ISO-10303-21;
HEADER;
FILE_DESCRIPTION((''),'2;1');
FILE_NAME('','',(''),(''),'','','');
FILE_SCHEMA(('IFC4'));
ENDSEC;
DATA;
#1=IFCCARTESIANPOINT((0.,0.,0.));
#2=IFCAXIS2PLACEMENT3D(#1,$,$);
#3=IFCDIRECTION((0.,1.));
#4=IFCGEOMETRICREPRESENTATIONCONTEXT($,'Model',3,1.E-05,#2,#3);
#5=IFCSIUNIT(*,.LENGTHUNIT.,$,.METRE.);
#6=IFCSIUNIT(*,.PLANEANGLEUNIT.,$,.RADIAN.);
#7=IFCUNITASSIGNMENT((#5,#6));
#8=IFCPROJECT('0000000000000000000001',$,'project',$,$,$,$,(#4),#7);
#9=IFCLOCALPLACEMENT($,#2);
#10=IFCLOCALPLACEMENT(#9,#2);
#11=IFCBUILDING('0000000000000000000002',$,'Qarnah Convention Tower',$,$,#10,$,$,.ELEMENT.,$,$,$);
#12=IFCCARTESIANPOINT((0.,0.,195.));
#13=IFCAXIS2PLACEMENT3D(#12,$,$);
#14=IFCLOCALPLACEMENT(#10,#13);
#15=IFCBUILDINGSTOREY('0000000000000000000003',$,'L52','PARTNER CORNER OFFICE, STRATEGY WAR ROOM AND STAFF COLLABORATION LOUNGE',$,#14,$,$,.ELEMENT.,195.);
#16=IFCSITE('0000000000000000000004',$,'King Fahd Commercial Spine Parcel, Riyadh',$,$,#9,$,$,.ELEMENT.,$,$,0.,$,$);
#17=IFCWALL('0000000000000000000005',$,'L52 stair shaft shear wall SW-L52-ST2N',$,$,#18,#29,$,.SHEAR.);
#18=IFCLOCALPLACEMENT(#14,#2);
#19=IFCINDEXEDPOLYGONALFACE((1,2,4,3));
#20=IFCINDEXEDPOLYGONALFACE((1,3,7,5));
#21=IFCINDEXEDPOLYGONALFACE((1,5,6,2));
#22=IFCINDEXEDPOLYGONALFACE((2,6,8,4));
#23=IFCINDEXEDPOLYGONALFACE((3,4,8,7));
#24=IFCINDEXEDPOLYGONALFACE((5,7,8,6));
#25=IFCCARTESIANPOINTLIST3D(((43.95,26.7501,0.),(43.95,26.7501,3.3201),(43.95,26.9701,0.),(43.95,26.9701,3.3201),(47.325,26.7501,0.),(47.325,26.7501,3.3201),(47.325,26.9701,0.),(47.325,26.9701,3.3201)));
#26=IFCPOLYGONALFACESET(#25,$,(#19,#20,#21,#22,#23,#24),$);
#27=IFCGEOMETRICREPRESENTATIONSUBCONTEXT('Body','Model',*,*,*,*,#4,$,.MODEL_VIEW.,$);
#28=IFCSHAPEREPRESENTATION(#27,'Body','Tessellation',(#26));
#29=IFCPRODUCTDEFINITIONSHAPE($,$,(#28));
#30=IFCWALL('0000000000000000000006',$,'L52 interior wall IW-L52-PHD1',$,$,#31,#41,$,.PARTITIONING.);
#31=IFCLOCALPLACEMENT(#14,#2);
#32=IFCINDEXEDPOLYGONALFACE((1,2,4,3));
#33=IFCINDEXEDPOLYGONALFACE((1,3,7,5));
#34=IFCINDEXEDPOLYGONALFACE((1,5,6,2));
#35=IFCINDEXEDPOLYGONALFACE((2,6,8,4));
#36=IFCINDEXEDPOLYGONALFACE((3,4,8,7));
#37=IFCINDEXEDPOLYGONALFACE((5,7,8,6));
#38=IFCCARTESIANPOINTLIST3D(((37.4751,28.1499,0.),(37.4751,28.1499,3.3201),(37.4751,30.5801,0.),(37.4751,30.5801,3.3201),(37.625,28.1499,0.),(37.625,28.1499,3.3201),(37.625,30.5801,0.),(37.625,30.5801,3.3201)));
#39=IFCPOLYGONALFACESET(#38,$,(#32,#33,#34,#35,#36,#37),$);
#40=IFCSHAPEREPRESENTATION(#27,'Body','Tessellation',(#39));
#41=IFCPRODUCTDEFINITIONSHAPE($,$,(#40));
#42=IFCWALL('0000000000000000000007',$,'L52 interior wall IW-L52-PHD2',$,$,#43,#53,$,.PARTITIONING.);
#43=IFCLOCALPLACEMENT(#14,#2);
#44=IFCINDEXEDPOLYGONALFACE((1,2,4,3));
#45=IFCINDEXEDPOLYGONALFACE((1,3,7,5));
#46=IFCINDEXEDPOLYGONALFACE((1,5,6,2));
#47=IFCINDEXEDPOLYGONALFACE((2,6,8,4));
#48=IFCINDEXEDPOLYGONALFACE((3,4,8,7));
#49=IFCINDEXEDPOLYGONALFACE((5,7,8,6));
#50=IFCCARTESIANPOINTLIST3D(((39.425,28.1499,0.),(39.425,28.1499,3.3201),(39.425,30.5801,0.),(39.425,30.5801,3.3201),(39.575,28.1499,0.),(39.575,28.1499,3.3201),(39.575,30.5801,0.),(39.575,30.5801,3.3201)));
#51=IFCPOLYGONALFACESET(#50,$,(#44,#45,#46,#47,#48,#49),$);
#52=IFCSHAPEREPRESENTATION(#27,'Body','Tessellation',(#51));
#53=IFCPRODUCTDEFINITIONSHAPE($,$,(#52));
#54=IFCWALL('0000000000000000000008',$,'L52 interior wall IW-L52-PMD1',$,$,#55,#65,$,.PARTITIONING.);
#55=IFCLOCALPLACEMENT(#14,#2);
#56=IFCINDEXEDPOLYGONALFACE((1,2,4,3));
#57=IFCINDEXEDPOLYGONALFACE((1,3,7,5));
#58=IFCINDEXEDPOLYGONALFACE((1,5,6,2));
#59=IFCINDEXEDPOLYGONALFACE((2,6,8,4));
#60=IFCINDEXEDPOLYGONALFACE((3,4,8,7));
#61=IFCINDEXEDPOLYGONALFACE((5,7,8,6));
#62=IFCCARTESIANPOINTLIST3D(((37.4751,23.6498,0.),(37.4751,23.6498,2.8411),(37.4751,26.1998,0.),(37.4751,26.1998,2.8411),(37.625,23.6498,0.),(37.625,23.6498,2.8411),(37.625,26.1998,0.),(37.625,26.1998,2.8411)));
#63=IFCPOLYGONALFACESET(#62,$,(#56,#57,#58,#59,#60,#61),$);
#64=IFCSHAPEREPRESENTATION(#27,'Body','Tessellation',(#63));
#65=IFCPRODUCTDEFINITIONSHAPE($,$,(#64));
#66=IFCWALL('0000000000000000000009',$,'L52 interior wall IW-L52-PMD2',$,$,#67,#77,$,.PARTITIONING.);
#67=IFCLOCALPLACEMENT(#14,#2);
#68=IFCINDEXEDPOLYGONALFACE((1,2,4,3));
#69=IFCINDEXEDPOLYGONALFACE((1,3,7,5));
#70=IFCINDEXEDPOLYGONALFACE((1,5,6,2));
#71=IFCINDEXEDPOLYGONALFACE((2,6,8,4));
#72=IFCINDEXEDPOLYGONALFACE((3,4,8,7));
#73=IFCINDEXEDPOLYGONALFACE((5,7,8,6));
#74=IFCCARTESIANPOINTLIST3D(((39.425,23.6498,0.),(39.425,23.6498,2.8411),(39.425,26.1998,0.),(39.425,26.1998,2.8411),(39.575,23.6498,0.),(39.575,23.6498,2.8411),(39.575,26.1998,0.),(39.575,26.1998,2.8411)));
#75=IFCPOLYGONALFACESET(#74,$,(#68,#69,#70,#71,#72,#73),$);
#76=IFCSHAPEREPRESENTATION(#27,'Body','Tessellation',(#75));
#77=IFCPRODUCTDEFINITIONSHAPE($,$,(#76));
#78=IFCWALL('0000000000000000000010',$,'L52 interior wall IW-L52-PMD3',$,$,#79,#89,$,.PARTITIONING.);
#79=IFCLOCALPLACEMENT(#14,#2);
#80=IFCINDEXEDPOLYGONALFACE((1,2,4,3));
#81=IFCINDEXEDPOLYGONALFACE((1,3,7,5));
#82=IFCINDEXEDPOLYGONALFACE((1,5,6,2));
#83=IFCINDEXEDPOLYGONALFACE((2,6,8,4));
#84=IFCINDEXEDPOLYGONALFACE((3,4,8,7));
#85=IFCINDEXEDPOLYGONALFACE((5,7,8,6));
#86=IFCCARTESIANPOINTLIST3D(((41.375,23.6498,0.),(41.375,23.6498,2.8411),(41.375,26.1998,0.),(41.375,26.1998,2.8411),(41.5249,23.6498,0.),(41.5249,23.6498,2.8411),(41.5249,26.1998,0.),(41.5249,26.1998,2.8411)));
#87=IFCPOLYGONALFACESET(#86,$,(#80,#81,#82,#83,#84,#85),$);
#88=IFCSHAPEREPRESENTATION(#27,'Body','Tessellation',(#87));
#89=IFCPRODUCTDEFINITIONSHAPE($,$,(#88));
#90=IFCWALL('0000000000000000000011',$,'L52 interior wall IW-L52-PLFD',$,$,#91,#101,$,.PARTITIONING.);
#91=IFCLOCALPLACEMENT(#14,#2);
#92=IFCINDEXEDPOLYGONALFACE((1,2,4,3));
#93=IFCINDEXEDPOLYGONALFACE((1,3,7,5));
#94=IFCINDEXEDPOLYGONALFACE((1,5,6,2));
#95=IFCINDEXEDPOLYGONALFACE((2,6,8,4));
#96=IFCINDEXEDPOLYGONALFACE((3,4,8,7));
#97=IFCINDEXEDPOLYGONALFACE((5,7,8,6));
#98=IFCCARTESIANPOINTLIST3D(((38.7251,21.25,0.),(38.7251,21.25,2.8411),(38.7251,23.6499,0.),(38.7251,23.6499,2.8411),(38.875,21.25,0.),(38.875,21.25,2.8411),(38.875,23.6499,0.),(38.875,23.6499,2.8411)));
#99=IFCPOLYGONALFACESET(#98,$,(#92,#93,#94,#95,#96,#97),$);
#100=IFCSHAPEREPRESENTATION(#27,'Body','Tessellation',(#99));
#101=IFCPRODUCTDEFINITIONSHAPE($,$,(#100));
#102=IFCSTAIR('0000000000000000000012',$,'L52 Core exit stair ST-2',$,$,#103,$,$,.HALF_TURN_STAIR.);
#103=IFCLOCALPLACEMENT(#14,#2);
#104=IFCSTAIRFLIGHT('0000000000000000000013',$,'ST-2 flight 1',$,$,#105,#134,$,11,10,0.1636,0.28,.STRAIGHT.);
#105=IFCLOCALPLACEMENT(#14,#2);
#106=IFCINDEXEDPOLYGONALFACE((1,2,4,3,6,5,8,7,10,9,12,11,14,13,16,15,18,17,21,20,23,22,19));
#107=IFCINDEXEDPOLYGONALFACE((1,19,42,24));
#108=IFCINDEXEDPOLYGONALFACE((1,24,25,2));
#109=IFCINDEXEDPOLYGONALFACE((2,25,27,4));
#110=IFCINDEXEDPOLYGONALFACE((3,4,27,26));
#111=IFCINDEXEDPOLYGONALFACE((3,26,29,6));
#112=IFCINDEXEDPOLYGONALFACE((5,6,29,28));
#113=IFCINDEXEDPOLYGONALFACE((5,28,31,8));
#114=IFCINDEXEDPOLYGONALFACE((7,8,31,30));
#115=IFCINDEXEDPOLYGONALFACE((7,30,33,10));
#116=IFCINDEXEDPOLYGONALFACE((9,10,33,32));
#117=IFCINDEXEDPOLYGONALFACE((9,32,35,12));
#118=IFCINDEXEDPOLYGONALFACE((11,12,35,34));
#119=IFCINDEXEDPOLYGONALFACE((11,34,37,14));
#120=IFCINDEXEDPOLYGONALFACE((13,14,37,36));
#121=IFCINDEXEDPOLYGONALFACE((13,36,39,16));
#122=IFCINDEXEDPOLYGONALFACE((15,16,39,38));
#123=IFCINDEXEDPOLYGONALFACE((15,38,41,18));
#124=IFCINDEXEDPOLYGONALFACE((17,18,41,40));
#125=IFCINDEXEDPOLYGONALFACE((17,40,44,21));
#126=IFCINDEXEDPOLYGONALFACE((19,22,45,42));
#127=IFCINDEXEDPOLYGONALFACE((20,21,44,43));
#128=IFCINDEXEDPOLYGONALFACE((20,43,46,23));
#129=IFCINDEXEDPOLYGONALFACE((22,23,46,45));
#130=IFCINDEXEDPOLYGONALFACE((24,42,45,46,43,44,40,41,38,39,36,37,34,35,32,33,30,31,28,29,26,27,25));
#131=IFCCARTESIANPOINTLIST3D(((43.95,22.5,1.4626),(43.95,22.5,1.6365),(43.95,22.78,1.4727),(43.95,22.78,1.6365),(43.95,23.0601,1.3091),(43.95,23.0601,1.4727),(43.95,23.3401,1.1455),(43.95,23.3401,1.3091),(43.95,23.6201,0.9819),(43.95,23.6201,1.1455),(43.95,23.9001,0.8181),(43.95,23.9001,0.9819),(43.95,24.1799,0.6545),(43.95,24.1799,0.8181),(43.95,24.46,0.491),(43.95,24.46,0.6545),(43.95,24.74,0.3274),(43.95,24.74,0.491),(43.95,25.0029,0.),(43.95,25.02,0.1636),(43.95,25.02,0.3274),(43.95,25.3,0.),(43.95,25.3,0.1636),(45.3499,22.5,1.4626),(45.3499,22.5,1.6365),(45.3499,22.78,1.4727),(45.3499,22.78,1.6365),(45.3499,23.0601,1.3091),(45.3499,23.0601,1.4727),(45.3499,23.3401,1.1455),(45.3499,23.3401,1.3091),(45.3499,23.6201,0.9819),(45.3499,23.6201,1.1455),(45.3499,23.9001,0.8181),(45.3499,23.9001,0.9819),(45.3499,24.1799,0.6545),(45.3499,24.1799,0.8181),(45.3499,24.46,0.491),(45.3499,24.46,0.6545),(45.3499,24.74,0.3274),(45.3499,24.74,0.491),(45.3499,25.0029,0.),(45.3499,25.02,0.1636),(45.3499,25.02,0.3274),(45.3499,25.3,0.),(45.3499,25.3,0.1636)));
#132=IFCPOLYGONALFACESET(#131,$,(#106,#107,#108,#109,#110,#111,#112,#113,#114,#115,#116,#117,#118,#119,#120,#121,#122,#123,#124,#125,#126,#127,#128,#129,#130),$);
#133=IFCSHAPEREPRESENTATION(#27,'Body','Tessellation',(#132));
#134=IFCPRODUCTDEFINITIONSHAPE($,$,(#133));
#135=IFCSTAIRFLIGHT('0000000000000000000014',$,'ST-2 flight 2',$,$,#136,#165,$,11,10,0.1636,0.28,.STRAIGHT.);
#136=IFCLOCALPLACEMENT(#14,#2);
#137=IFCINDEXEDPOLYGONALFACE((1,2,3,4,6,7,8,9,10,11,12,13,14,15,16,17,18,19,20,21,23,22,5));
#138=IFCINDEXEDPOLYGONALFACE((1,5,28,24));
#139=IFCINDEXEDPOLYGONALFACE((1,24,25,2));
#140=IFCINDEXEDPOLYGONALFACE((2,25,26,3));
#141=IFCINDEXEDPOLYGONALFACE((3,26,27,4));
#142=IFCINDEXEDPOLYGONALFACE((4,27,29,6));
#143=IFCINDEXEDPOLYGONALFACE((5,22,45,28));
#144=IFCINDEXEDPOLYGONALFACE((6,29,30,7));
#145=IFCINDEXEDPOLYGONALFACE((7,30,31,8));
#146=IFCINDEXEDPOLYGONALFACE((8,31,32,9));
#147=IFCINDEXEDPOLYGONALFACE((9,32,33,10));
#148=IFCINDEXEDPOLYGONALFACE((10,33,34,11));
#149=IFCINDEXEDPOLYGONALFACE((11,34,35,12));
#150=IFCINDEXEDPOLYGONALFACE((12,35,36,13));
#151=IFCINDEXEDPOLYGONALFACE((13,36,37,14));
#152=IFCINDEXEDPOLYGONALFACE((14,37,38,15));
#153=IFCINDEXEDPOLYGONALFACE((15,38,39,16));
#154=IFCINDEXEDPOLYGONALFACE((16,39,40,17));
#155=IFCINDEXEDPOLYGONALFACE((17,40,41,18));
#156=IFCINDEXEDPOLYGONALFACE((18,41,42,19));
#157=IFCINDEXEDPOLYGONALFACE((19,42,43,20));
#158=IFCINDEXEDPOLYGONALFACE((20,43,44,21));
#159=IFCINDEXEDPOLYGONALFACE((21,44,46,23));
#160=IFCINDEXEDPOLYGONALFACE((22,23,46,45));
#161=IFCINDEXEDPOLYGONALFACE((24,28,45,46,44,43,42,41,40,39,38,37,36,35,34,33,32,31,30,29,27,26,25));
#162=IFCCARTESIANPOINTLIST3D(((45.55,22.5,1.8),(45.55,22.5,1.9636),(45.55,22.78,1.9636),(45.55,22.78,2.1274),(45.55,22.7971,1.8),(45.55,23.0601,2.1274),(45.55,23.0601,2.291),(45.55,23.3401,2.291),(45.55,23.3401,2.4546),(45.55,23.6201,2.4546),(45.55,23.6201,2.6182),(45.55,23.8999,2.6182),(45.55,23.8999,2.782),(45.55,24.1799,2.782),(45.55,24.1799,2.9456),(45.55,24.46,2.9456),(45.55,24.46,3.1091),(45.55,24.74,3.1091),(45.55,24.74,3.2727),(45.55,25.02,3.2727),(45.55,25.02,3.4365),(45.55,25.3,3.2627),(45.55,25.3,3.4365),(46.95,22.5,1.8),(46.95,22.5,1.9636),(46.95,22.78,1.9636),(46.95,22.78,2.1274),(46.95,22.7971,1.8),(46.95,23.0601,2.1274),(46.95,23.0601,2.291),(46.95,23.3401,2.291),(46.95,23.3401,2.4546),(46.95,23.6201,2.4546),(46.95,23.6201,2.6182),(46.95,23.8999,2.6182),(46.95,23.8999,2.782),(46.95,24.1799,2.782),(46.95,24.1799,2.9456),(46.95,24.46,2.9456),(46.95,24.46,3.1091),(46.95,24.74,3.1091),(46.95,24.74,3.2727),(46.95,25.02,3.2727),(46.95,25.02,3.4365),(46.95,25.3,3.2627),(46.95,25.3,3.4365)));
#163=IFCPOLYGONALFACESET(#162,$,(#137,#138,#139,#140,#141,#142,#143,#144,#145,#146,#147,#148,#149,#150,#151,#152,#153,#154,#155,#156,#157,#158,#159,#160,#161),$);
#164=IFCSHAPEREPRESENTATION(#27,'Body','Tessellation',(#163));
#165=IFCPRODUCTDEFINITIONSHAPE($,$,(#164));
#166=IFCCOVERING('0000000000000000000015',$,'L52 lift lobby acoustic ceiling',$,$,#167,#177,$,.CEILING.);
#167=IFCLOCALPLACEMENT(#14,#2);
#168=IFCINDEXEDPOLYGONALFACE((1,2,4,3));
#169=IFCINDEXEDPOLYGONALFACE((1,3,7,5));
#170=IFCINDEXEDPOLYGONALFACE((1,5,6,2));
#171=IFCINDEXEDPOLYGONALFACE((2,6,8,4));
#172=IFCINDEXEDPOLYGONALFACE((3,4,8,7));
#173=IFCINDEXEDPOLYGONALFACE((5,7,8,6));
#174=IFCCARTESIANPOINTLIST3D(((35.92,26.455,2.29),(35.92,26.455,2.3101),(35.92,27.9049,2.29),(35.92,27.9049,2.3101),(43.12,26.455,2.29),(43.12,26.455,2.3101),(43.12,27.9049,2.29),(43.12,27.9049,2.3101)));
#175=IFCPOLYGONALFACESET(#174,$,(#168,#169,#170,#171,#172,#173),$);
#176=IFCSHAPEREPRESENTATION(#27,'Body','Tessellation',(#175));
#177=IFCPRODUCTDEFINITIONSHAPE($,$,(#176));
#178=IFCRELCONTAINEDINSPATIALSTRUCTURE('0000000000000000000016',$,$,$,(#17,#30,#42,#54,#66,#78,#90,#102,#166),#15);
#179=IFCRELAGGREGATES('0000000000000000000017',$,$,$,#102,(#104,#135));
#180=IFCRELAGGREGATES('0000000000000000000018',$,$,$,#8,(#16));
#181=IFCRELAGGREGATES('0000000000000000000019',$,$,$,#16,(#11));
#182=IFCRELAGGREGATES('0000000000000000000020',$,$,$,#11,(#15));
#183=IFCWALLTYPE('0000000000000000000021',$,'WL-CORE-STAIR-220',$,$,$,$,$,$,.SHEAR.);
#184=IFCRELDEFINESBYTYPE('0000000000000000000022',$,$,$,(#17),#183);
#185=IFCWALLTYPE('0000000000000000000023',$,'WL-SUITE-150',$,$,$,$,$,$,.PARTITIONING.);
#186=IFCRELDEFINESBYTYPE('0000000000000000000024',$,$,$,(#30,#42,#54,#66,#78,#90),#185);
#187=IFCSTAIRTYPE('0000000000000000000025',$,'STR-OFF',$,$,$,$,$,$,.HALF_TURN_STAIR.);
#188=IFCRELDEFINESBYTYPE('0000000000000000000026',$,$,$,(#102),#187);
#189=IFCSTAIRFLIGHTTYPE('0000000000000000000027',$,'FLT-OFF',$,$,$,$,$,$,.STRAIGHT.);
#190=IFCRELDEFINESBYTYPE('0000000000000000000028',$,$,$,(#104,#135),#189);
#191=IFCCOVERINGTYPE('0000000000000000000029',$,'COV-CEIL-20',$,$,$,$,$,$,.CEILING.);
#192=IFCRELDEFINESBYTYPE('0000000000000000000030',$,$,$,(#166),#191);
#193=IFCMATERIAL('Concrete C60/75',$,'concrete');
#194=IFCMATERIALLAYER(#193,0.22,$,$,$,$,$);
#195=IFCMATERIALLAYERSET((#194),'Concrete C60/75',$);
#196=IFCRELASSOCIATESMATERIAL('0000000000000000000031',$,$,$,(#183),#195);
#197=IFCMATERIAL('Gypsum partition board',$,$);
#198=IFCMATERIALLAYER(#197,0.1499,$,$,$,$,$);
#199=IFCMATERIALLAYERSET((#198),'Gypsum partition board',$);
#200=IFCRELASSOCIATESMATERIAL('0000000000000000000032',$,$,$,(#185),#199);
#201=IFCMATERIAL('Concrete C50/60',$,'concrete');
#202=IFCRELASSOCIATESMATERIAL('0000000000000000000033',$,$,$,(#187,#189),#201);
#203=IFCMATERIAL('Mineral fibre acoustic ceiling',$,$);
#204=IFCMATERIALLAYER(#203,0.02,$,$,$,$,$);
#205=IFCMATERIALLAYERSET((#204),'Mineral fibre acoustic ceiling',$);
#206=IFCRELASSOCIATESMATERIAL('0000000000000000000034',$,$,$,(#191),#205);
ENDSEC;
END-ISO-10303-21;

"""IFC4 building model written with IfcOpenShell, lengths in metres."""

from ifc_helpers import new_model, si_unit, direction, frame, frame_2d, origin, origin_2d, place, context, subcontext, project, spatial, polyline, rectangle, outline, extrude, material, layer, layer_set, type_object, element, aggregate, save


model = new_model("IFC4")

# Units and contexts
model_context = context("Model", 3, precision=1e-05, world=origin(), true_north=direction((0.0, 1.0)))
body_context = subcontext(model_context, "Body", "Model", "MODEL_VIEW")
ifc_project = project(units=[si_unit("LENGTHUNIT", "METRE"), si_unit("PLANEANGLEUNIT", "RADIAN")], contexts=[model_context])

# Site, building, storey
site_placement = place(None, origin())
site = spatial("IfcSite", under=ifc_project, at=site_placement, Name="King Fahd Commercial Spine Parcel, Riyadh", CompositionType="ELEMENT", RefElevation=0.0)
building_placement = place(site_placement, origin())
building = spatial("IfcBuilding", under=site, at=building_placement, Name="Qarnah Convention Tower", CompositionType="ELEMENT")
storey_placement = place(building_placement, frame((0.0, 0.0, 195.0)))
storey = spatial("IfcBuildingStorey", under=building, at=storey_placement, Name="L52", Description="PARTNER CORNER OFFICE, STRATEGY WAR ROOM AND STAFF COLLABORATION LOUNGE", CompositionType="ELEMENT", Elevation=195.0)

# Shared definitions
ifc_material_1 = material(Name="Concrete C50/60", Category="concrete")

# Walls
ifc_material_2 = material(Name="Concrete C60/75", Category="concrete")
ifc_layer_1 = layer(ifc_material_2, 0.22)
ifc_layer_set_1 = layer_set([ifc_layer_1], Name="Concrete C60/75")
wall_type_1 = type_object("IfcWallType", Name="WL-CORE-STAIR-220", PredefinedType="SHEAR", material=ifc_layer_set_1)
wall_1_placement = place(storey_placement, frame((43.95, 26.8601, 0.0), z_axis=(0.0, 0.0, 1.0), x_axis=(1.0, 0.0, 0.0)))
element("IfcWall", 1, at=wall_1_placement, inside=storey, type_object=wall_type_1, Name="L52 stair shaft shear wall SW-L52-ST2N", PredefinedType="SHEAR", context=body_context, shape_type="SweptSolid", body=[
    extrude(rectangle(XDim=3.375, YDim=0.22, at=frame_2d((1.6875, 0.0))), origin(), (0.0, 0.0, 1.0), 3.3201),
])
ifc_material_3 = material(Name="Gypsum partition board")
ifc_layer_2 = layer(ifc_material_3, 0.1499)
ifc_layer_set_2 = layer_set([ifc_layer_2], Name="Gypsum partition board")
wall_type_2 = type_object("IfcWallType", Name="WL-SUITE-150", PredefinedType="PARTITIONING", material=ifc_layer_set_2)
for number, where, z_axis, x_axis, name in (
    (2, (37.55, 28.1499, 0.0), (0.0, 0.0, 1.0), (0.0, 1.0, 0.0), "L52 interior wall IW-L52-PHD1"),
    (3, (39.5, 28.1499, 0.0), (0.0, 0.0, 1.0), (0.0, 1.0, 0.0), "L52 interior wall IW-L52-PHD2"),
):
    element("IfcWall", number, at=place(storey_placement, frame(where, z_axis=z_axis, x_axis=x_axis)), inside=storey, type_object=wall_type_2, Name=name, PredefinedType="PARTITIONING", context=body_context, shape_type="SweptSolid", body=[
        extrude(rectangle(XDim=2.4302, YDim=0.1499, at=frame_2d((1.2151, 0.0))), origin(), (0.0, 0.0, 1.0), 3.3201),
    ])
for number, where, z_axis, x_axis, name in (
    (4, (37.55, 23.6499, 0.0), (0.0, 0.0, 1.0), (0.0, 1.0, 0.0), "L52 interior wall IW-L52-PMD1"),
    (5, (39.5, 23.6499, 0.0), (0.0, 0.0, 1.0), (0.0, 1.0, 0.0), "L52 interior wall IW-L52-PMD2"),
    (6, (41.45, 23.6499, 0.0), (0.0, 0.0, 1.0), (0.0, 1.0, 0.0), "L52 interior wall IW-L52-PMD3"),
):
    element("IfcWall", number, at=place(storey_placement, frame(where, z_axis=z_axis, x_axis=x_axis)), inside=storey, type_object=wall_type_2, Name=name, PredefinedType="PARTITIONING", context=body_context, shape_type="SweptSolid", body=[
        extrude(rectangle(XDim=2.55, YDim=0.1499, at=frame_2d((1.2749, 0.0))), origin(), (0.0, 0.0, 1.0), 2.8411),
    ])
wall_2_placement = place(storey_placement, frame((38.8, 21.25, 0.0), z_axis=(0.0, 0.0, 1.0), x_axis=(0.0, 1.0, 0.0)))
element("IfcWall", 7, at=wall_2_placement, inside=storey, type_object=wall_type_2, Name="L52 interior wall IW-L52-PLFD", PredefinedType="PARTITIONING", context=body_context, shape_type="SweptSolid", body=[
    extrude(rectangle(XDim=2.3999, YDim=0.1499, at=frame_2d((1.2, 0.0))), origin(), (0.0, 0.0, 1.0), 2.8411),
])

# Stair, stair flights
stair_type = type_object("IfcStairType", Name="STR-OFF", PredefinedType="HALF_TURN_STAIR", material=ifc_material_1)
stair_placement = place(storey_placement, origin())
stair = element("IfcStair", 8, at=stair_placement, inside=storey, type_object=stair_type, Name="L52 Core exit stair ST-2", PredefinedType="HALF_TURN_STAIR")
stair_flight_type = type_object("IfcStairFlightType", Name="FLT-OFF", PredefinedType="STRAIGHT", material=ifc_material_1)
stair_flight_1_placement = place(storey_placement, frame((44.6499, 25.3, 0.0), z_axis=(0.0, 0.0, 1.0), x_axis=(0.0, -1.0, 0.0)))
stair_flight_1 = element("IfcStairFlight", 9, at=stair_flight_1_placement, type_object=stair_flight_type, Name="ST-2 flight 1", NumberOfRisers=11, NumberOfTreads=10, PredefinedType="STRAIGHT", RiserHeight=0.1636, TreadLength=0.28, context=body_context, shape_type="SweptSolid", body=[
    extrude(outline(polyline([(0.0, 0.0), (0.0, 0.1636), (0.28, 0.1636), (0.28, 0.3274), (0.5601, 0.3274), (0.5601, 0.491), (0.8401, 0.491), (0.8401, 0.6545), (1.1201, 0.6545), (1.1201, 0.8181), (1.3999, 0.8181), (1.3999, 0.9819), (1.6799, 0.9819), (1.6799, 1.1455), (1.96, 1.1455), (1.96, 1.3091), (2.24, 1.3091), (2.24, 1.4727), (2.52, 1.4727), (2.52, 1.6365), (2.8, 1.6365), (2.8, 1.8), (2.8, 1.4626), (0.2971, 0.0), (0.0, 0.0)])), frame((0.0, 0.7, 0.0), z_axis=(0.0, -1.0, 0.0), x_axis=(1.0, 0.0, 0.0)), (0.0, 0.0, 1.0), 1.3999),
])
stair_flight_2_placement = place(storey_placement, frame((46.25, 22.5, 1.8), z_axis=(0.0, 0.0, 1.0), x_axis=(0.0, 1.0, 0.0)))
stair_flight_2 = element("IfcStairFlight", 10, at=stair_flight_2_placement, type_object=stair_flight_type, Name="ST-2 flight 2", NumberOfRisers=11, NumberOfTreads=10, PredefinedType="STRAIGHT", RiserHeight=0.1636, TreadLength=0.28, context=body_context, shape_type="SweptSolid", body=[
    extrude(outline(polyline([(0.0, 0.0), (0.0, 0.1636), (0.28, 0.1636), (0.28, 0.3274), (0.5601, 0.3274), (0.5601, 0.491), (0.8401, 0.491), (0.8401, 0.6545), (1.1201, 0.6545), (1.1201, 0.8181), (1.3999, 0.8181), (1.3999, 0.9819), (1.6799, 0.9819), (1.6799, 1.1455), (1.96, 1.1455), (1.96, 1.3091), (2.24, 1.3091), (2.24, 1.4727), (2.52, 1.4727), (2.52, 1.6365), (2.8, 1.6365), (2.8, 1.8), (2.8, 1.4626), (0.2971, 0.0), (0.0, 0.0)])), frame((0.0, 0.7, 0.0), z_axis=(0.0, -1.0, 0.0), x_axis=(1.0, 0.0, 0.0)), (0.0, 0.0, 1.0), 1.3999),
])
aggregate(stair, [stair_flight_1, stair_flight_2])

# Covering
ifc_material_4 = material(Name="Mineral fibre acoustic ceiling")
ifc_layer_3 = layer(ifc_material_4, 0.02)
ifc_layer_set_3 = layer_set([ifc_layer_3], Name="Mineral fibre acoustic ceiling")
covering_type = type_object("IfcCoveringType", Name="COV-CEIL-20", PredefinedType="CEILING", material=ifc_layer_set_3)
covering_placement = place(storey_placement, frame((39.52, 27.1799, 2.29), z_axis=(0.0, 0.0, 1.0), x_axis=(1.0, 0.0, 0.0)))
element("IfcCovering", 11, at=covering_placement, inside=storey, type_object=covering_type, Name="L52 lift lobby acoustic ceiling", PredefinedType="CEILING", context=body_context, shape_type="SweptSolid", body=[
    extrude(rectangle(XDim=7.2, YDim=1.45, at=origin_2d()), origin(), (0.0, 0.0, 1.0), 0.02),
])

save(model, "model.ifc")
